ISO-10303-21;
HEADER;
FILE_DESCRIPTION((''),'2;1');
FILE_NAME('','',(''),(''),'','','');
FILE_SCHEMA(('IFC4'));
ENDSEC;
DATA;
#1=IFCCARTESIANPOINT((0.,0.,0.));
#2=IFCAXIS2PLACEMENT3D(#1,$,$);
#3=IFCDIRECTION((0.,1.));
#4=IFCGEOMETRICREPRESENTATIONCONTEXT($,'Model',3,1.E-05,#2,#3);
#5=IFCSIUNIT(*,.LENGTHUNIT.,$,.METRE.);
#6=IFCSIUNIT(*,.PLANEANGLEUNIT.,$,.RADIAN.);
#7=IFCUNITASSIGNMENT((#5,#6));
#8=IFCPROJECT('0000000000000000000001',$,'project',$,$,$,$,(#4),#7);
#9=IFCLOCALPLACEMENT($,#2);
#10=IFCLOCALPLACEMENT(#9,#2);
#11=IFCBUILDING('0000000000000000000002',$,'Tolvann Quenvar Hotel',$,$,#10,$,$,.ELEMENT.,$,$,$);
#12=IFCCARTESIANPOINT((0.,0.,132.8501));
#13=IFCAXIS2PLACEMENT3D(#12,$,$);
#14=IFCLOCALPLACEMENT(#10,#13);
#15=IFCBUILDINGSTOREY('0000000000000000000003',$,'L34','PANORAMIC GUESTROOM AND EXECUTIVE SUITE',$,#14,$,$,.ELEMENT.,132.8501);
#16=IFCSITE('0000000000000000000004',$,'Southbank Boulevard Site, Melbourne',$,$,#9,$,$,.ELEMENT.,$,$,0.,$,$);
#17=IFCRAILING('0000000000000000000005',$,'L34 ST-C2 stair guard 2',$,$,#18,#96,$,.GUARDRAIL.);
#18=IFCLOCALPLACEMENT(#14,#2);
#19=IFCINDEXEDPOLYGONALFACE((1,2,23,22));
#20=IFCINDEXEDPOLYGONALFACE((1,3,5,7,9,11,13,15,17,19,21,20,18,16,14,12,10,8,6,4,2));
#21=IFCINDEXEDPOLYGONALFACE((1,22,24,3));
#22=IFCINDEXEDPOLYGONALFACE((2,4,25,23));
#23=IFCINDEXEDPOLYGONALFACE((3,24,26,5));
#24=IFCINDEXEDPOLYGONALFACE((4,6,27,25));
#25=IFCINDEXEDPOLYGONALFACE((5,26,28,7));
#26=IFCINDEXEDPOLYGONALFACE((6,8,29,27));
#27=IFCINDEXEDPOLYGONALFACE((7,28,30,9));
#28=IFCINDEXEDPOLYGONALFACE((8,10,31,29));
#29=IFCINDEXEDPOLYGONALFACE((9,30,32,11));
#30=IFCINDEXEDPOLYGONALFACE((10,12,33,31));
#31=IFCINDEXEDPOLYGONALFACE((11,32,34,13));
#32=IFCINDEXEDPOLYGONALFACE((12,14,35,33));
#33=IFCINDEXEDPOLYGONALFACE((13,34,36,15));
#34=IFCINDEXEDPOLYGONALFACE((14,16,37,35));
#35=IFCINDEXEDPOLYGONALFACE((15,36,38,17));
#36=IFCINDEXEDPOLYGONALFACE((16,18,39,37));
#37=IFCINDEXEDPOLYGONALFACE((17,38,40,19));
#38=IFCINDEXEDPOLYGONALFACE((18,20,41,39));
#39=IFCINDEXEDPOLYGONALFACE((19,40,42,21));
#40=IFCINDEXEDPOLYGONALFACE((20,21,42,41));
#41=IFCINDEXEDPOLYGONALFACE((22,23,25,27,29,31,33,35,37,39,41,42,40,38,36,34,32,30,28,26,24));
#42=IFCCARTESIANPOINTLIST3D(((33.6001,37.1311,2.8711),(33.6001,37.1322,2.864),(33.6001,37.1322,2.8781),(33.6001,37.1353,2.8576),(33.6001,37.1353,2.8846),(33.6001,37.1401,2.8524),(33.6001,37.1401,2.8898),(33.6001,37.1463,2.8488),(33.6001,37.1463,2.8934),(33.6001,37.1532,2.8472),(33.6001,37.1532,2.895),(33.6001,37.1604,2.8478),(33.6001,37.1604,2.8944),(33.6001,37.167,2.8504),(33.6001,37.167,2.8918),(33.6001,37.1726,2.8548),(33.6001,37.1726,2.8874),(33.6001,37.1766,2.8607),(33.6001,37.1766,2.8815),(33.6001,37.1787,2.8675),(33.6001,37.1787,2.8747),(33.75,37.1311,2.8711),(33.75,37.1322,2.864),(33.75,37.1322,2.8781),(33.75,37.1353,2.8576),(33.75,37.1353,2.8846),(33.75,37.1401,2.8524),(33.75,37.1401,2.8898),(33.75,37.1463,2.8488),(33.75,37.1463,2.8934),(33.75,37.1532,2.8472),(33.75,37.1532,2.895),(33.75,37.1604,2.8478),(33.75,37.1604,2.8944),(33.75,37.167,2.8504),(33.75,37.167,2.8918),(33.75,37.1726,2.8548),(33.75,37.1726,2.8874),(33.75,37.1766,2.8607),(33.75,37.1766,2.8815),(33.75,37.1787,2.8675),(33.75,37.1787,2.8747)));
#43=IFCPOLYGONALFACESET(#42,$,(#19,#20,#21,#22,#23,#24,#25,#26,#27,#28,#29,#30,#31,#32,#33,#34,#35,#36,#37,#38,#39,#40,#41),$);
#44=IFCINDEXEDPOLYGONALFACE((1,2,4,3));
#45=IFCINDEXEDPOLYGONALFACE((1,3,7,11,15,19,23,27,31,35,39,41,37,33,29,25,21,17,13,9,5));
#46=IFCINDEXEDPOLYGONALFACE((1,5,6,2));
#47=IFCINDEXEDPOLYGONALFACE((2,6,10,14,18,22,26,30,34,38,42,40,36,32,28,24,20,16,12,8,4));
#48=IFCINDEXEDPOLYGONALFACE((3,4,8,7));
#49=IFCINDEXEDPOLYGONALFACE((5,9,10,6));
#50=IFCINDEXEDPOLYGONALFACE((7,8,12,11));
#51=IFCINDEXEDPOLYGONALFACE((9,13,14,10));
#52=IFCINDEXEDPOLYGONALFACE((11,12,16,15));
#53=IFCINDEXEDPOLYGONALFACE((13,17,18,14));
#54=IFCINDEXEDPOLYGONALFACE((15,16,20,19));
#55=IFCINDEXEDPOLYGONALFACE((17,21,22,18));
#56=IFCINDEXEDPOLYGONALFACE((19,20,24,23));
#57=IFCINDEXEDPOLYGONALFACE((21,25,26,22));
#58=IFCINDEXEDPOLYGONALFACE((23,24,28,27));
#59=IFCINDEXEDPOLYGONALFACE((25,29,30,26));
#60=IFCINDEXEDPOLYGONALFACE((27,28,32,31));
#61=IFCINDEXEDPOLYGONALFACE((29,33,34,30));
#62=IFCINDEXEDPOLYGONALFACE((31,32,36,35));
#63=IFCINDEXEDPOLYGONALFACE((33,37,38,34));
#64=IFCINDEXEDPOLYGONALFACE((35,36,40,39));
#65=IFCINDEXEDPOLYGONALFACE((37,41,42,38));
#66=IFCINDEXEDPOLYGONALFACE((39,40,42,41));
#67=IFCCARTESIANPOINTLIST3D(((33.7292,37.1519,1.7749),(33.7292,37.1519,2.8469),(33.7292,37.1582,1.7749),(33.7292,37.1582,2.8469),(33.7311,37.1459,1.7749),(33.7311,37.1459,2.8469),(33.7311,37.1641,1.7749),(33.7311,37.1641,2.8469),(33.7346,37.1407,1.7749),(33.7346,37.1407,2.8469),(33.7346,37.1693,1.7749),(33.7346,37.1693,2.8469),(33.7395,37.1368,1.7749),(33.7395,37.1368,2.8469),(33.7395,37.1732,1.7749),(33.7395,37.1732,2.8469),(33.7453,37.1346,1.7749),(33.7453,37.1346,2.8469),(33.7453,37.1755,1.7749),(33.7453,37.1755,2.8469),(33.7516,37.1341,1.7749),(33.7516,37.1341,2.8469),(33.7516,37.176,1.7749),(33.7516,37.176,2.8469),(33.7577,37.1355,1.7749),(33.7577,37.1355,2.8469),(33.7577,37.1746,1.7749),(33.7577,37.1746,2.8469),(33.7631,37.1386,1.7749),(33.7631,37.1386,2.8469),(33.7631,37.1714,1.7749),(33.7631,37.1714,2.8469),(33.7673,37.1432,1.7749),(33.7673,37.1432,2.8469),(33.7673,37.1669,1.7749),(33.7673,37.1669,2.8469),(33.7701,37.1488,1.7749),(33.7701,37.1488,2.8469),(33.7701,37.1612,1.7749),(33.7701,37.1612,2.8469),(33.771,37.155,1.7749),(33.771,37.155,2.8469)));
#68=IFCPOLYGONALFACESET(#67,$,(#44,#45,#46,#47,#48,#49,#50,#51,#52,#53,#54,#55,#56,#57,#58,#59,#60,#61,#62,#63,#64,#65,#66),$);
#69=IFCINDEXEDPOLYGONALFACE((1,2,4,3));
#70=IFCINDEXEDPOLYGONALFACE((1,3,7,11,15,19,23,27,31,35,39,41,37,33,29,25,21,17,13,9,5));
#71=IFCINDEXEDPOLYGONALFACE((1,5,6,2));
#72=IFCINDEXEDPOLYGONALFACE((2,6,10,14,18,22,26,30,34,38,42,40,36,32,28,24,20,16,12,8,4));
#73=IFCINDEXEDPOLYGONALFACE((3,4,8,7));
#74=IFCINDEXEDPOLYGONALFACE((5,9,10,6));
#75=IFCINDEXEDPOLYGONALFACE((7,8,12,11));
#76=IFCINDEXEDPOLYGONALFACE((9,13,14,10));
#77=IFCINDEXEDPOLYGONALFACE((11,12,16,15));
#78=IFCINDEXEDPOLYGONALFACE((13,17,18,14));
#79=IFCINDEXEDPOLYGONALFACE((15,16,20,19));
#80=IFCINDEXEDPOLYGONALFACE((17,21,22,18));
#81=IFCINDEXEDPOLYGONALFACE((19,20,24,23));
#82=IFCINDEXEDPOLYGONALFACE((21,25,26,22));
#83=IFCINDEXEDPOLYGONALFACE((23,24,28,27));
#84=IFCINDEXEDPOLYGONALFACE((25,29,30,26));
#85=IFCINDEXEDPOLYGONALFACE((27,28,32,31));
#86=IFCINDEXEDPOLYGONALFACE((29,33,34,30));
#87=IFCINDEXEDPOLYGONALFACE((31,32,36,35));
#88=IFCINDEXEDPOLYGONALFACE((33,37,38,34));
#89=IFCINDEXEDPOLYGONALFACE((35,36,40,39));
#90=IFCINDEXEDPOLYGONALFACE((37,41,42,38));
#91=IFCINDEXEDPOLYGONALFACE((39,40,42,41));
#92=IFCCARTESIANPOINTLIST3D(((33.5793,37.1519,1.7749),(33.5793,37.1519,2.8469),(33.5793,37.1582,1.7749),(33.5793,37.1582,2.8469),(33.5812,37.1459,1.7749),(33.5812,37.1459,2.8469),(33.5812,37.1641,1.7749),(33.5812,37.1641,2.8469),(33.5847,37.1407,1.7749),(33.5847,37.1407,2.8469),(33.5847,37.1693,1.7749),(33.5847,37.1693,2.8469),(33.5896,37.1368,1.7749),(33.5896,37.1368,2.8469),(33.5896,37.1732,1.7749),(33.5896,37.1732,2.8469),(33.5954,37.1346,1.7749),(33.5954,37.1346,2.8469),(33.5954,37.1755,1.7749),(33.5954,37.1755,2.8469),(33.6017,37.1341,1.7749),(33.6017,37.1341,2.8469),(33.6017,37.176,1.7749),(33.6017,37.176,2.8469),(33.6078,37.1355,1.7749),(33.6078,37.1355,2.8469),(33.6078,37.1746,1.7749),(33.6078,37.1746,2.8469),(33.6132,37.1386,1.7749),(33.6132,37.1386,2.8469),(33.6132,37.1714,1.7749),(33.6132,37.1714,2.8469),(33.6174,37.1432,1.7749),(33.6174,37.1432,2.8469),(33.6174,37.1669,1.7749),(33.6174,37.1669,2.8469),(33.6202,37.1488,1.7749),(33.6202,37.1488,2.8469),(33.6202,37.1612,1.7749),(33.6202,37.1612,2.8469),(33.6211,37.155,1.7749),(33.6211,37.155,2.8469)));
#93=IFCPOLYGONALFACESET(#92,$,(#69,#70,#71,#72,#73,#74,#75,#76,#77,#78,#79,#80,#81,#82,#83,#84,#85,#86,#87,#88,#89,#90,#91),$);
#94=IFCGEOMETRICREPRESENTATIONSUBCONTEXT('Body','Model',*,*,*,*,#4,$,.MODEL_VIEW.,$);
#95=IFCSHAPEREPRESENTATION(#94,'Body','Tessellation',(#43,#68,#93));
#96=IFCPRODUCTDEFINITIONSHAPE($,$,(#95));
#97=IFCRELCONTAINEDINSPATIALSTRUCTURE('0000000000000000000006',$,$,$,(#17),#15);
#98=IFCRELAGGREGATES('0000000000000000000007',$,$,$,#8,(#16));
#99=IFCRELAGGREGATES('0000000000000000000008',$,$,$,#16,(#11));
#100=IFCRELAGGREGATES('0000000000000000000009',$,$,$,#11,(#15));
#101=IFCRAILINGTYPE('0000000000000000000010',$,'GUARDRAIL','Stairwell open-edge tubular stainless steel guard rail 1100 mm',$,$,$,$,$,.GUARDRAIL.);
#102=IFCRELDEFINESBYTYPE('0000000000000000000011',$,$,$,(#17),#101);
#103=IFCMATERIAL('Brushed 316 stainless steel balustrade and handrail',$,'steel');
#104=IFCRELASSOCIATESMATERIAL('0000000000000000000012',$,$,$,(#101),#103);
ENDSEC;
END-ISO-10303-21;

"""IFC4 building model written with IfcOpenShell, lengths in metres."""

from ifc_helpers import new_model, si_unit, direction, frame, origin, origin_2d, place, context, subcontext, project, spatial, circle, extrude, material, type_object, element, save


model = new_model("IFC4")

# Units and contexts
model_context = context("Model", 3, precision=1e-05, world=origin(), true_north=direction((0.0, 1.0)))
body_context = subcontext(model_context, "Body", "Model", "MODEL_VIEW")
ifc_project = project(units=[si_unit("LENGTHUNIT", "METRE"), si_unit("PLANEANGLEUNIT", "RADIAN")], contexts=[model_context])

# Site, building, storey
site_placement = place(None, origin())
site = spatial("IfcSite", under=ifc_project, at=site_placement, Name="Southbank Boulevard Site, Melbourne", CompositionType="ELEMENT", RefElevation=0.0)
building_placement = place(site_placement, origin())
building = spatial("IfcBuilding", under=site, at=building_placement, Name="Tolvann Quenvar Hotel", CompositionType="ELEMENT")
storey_placement = place(building_placement, frame((0.0, 0.0, 132.8501)))
storey = spatial("IfcBuildingStorey", under=building, at=storey_placement, Name="L34", Description="PANORAMIC GUESTROOM AND EXECUTIVE SUITE", CompositionType="ELEMENT", Elevation=132.8501)

# Railing
ifc_material_1 = material(Name="Brushed 316 stainless steel balustrade and handrail", Category="steel")
railing_type_1 = type_object("IfcRailingType", Name="GUARDRAIL", Description="Stairwell open-edge tubular stainless steel guard rail 1100 mm", PredefinedType="GUARDRAIL", material=ifc_material_1)
railing_1_placement = place(storey_placement, frame((33.75, 37.155, 1.7749)))
element("IfcRailing", 1, at=railing_1_placement, inside=storey, type_object=railing_type_1, Name="L34 ST-C2 stair guard 2", PredefinedType="GUARDRAIL", context=body_context, shape_type="SweptSolid", body=[
    extrude(circle(Radius=0.0239, at=origin_2d()), frame((0.0, 0.0, 1.0962), z_axis=(-1.0, 0.0, 0.0), x_axis=(0.0, -1.0, 0.0)), (0.0, 0.0, 1.0), 0.1499),
    extrude(circle(Radius=0.021, at=origin_2d()), origin(), (0.0, 0.0, 1.0), 1.072),
    extrude(circle(Radius=0.021, at=origin_2d()), frame((-0.1499, 0.0, 0.0)), (0.0, 0.0, 1.0), 1.072),
])

save(model, "model.ifc")
